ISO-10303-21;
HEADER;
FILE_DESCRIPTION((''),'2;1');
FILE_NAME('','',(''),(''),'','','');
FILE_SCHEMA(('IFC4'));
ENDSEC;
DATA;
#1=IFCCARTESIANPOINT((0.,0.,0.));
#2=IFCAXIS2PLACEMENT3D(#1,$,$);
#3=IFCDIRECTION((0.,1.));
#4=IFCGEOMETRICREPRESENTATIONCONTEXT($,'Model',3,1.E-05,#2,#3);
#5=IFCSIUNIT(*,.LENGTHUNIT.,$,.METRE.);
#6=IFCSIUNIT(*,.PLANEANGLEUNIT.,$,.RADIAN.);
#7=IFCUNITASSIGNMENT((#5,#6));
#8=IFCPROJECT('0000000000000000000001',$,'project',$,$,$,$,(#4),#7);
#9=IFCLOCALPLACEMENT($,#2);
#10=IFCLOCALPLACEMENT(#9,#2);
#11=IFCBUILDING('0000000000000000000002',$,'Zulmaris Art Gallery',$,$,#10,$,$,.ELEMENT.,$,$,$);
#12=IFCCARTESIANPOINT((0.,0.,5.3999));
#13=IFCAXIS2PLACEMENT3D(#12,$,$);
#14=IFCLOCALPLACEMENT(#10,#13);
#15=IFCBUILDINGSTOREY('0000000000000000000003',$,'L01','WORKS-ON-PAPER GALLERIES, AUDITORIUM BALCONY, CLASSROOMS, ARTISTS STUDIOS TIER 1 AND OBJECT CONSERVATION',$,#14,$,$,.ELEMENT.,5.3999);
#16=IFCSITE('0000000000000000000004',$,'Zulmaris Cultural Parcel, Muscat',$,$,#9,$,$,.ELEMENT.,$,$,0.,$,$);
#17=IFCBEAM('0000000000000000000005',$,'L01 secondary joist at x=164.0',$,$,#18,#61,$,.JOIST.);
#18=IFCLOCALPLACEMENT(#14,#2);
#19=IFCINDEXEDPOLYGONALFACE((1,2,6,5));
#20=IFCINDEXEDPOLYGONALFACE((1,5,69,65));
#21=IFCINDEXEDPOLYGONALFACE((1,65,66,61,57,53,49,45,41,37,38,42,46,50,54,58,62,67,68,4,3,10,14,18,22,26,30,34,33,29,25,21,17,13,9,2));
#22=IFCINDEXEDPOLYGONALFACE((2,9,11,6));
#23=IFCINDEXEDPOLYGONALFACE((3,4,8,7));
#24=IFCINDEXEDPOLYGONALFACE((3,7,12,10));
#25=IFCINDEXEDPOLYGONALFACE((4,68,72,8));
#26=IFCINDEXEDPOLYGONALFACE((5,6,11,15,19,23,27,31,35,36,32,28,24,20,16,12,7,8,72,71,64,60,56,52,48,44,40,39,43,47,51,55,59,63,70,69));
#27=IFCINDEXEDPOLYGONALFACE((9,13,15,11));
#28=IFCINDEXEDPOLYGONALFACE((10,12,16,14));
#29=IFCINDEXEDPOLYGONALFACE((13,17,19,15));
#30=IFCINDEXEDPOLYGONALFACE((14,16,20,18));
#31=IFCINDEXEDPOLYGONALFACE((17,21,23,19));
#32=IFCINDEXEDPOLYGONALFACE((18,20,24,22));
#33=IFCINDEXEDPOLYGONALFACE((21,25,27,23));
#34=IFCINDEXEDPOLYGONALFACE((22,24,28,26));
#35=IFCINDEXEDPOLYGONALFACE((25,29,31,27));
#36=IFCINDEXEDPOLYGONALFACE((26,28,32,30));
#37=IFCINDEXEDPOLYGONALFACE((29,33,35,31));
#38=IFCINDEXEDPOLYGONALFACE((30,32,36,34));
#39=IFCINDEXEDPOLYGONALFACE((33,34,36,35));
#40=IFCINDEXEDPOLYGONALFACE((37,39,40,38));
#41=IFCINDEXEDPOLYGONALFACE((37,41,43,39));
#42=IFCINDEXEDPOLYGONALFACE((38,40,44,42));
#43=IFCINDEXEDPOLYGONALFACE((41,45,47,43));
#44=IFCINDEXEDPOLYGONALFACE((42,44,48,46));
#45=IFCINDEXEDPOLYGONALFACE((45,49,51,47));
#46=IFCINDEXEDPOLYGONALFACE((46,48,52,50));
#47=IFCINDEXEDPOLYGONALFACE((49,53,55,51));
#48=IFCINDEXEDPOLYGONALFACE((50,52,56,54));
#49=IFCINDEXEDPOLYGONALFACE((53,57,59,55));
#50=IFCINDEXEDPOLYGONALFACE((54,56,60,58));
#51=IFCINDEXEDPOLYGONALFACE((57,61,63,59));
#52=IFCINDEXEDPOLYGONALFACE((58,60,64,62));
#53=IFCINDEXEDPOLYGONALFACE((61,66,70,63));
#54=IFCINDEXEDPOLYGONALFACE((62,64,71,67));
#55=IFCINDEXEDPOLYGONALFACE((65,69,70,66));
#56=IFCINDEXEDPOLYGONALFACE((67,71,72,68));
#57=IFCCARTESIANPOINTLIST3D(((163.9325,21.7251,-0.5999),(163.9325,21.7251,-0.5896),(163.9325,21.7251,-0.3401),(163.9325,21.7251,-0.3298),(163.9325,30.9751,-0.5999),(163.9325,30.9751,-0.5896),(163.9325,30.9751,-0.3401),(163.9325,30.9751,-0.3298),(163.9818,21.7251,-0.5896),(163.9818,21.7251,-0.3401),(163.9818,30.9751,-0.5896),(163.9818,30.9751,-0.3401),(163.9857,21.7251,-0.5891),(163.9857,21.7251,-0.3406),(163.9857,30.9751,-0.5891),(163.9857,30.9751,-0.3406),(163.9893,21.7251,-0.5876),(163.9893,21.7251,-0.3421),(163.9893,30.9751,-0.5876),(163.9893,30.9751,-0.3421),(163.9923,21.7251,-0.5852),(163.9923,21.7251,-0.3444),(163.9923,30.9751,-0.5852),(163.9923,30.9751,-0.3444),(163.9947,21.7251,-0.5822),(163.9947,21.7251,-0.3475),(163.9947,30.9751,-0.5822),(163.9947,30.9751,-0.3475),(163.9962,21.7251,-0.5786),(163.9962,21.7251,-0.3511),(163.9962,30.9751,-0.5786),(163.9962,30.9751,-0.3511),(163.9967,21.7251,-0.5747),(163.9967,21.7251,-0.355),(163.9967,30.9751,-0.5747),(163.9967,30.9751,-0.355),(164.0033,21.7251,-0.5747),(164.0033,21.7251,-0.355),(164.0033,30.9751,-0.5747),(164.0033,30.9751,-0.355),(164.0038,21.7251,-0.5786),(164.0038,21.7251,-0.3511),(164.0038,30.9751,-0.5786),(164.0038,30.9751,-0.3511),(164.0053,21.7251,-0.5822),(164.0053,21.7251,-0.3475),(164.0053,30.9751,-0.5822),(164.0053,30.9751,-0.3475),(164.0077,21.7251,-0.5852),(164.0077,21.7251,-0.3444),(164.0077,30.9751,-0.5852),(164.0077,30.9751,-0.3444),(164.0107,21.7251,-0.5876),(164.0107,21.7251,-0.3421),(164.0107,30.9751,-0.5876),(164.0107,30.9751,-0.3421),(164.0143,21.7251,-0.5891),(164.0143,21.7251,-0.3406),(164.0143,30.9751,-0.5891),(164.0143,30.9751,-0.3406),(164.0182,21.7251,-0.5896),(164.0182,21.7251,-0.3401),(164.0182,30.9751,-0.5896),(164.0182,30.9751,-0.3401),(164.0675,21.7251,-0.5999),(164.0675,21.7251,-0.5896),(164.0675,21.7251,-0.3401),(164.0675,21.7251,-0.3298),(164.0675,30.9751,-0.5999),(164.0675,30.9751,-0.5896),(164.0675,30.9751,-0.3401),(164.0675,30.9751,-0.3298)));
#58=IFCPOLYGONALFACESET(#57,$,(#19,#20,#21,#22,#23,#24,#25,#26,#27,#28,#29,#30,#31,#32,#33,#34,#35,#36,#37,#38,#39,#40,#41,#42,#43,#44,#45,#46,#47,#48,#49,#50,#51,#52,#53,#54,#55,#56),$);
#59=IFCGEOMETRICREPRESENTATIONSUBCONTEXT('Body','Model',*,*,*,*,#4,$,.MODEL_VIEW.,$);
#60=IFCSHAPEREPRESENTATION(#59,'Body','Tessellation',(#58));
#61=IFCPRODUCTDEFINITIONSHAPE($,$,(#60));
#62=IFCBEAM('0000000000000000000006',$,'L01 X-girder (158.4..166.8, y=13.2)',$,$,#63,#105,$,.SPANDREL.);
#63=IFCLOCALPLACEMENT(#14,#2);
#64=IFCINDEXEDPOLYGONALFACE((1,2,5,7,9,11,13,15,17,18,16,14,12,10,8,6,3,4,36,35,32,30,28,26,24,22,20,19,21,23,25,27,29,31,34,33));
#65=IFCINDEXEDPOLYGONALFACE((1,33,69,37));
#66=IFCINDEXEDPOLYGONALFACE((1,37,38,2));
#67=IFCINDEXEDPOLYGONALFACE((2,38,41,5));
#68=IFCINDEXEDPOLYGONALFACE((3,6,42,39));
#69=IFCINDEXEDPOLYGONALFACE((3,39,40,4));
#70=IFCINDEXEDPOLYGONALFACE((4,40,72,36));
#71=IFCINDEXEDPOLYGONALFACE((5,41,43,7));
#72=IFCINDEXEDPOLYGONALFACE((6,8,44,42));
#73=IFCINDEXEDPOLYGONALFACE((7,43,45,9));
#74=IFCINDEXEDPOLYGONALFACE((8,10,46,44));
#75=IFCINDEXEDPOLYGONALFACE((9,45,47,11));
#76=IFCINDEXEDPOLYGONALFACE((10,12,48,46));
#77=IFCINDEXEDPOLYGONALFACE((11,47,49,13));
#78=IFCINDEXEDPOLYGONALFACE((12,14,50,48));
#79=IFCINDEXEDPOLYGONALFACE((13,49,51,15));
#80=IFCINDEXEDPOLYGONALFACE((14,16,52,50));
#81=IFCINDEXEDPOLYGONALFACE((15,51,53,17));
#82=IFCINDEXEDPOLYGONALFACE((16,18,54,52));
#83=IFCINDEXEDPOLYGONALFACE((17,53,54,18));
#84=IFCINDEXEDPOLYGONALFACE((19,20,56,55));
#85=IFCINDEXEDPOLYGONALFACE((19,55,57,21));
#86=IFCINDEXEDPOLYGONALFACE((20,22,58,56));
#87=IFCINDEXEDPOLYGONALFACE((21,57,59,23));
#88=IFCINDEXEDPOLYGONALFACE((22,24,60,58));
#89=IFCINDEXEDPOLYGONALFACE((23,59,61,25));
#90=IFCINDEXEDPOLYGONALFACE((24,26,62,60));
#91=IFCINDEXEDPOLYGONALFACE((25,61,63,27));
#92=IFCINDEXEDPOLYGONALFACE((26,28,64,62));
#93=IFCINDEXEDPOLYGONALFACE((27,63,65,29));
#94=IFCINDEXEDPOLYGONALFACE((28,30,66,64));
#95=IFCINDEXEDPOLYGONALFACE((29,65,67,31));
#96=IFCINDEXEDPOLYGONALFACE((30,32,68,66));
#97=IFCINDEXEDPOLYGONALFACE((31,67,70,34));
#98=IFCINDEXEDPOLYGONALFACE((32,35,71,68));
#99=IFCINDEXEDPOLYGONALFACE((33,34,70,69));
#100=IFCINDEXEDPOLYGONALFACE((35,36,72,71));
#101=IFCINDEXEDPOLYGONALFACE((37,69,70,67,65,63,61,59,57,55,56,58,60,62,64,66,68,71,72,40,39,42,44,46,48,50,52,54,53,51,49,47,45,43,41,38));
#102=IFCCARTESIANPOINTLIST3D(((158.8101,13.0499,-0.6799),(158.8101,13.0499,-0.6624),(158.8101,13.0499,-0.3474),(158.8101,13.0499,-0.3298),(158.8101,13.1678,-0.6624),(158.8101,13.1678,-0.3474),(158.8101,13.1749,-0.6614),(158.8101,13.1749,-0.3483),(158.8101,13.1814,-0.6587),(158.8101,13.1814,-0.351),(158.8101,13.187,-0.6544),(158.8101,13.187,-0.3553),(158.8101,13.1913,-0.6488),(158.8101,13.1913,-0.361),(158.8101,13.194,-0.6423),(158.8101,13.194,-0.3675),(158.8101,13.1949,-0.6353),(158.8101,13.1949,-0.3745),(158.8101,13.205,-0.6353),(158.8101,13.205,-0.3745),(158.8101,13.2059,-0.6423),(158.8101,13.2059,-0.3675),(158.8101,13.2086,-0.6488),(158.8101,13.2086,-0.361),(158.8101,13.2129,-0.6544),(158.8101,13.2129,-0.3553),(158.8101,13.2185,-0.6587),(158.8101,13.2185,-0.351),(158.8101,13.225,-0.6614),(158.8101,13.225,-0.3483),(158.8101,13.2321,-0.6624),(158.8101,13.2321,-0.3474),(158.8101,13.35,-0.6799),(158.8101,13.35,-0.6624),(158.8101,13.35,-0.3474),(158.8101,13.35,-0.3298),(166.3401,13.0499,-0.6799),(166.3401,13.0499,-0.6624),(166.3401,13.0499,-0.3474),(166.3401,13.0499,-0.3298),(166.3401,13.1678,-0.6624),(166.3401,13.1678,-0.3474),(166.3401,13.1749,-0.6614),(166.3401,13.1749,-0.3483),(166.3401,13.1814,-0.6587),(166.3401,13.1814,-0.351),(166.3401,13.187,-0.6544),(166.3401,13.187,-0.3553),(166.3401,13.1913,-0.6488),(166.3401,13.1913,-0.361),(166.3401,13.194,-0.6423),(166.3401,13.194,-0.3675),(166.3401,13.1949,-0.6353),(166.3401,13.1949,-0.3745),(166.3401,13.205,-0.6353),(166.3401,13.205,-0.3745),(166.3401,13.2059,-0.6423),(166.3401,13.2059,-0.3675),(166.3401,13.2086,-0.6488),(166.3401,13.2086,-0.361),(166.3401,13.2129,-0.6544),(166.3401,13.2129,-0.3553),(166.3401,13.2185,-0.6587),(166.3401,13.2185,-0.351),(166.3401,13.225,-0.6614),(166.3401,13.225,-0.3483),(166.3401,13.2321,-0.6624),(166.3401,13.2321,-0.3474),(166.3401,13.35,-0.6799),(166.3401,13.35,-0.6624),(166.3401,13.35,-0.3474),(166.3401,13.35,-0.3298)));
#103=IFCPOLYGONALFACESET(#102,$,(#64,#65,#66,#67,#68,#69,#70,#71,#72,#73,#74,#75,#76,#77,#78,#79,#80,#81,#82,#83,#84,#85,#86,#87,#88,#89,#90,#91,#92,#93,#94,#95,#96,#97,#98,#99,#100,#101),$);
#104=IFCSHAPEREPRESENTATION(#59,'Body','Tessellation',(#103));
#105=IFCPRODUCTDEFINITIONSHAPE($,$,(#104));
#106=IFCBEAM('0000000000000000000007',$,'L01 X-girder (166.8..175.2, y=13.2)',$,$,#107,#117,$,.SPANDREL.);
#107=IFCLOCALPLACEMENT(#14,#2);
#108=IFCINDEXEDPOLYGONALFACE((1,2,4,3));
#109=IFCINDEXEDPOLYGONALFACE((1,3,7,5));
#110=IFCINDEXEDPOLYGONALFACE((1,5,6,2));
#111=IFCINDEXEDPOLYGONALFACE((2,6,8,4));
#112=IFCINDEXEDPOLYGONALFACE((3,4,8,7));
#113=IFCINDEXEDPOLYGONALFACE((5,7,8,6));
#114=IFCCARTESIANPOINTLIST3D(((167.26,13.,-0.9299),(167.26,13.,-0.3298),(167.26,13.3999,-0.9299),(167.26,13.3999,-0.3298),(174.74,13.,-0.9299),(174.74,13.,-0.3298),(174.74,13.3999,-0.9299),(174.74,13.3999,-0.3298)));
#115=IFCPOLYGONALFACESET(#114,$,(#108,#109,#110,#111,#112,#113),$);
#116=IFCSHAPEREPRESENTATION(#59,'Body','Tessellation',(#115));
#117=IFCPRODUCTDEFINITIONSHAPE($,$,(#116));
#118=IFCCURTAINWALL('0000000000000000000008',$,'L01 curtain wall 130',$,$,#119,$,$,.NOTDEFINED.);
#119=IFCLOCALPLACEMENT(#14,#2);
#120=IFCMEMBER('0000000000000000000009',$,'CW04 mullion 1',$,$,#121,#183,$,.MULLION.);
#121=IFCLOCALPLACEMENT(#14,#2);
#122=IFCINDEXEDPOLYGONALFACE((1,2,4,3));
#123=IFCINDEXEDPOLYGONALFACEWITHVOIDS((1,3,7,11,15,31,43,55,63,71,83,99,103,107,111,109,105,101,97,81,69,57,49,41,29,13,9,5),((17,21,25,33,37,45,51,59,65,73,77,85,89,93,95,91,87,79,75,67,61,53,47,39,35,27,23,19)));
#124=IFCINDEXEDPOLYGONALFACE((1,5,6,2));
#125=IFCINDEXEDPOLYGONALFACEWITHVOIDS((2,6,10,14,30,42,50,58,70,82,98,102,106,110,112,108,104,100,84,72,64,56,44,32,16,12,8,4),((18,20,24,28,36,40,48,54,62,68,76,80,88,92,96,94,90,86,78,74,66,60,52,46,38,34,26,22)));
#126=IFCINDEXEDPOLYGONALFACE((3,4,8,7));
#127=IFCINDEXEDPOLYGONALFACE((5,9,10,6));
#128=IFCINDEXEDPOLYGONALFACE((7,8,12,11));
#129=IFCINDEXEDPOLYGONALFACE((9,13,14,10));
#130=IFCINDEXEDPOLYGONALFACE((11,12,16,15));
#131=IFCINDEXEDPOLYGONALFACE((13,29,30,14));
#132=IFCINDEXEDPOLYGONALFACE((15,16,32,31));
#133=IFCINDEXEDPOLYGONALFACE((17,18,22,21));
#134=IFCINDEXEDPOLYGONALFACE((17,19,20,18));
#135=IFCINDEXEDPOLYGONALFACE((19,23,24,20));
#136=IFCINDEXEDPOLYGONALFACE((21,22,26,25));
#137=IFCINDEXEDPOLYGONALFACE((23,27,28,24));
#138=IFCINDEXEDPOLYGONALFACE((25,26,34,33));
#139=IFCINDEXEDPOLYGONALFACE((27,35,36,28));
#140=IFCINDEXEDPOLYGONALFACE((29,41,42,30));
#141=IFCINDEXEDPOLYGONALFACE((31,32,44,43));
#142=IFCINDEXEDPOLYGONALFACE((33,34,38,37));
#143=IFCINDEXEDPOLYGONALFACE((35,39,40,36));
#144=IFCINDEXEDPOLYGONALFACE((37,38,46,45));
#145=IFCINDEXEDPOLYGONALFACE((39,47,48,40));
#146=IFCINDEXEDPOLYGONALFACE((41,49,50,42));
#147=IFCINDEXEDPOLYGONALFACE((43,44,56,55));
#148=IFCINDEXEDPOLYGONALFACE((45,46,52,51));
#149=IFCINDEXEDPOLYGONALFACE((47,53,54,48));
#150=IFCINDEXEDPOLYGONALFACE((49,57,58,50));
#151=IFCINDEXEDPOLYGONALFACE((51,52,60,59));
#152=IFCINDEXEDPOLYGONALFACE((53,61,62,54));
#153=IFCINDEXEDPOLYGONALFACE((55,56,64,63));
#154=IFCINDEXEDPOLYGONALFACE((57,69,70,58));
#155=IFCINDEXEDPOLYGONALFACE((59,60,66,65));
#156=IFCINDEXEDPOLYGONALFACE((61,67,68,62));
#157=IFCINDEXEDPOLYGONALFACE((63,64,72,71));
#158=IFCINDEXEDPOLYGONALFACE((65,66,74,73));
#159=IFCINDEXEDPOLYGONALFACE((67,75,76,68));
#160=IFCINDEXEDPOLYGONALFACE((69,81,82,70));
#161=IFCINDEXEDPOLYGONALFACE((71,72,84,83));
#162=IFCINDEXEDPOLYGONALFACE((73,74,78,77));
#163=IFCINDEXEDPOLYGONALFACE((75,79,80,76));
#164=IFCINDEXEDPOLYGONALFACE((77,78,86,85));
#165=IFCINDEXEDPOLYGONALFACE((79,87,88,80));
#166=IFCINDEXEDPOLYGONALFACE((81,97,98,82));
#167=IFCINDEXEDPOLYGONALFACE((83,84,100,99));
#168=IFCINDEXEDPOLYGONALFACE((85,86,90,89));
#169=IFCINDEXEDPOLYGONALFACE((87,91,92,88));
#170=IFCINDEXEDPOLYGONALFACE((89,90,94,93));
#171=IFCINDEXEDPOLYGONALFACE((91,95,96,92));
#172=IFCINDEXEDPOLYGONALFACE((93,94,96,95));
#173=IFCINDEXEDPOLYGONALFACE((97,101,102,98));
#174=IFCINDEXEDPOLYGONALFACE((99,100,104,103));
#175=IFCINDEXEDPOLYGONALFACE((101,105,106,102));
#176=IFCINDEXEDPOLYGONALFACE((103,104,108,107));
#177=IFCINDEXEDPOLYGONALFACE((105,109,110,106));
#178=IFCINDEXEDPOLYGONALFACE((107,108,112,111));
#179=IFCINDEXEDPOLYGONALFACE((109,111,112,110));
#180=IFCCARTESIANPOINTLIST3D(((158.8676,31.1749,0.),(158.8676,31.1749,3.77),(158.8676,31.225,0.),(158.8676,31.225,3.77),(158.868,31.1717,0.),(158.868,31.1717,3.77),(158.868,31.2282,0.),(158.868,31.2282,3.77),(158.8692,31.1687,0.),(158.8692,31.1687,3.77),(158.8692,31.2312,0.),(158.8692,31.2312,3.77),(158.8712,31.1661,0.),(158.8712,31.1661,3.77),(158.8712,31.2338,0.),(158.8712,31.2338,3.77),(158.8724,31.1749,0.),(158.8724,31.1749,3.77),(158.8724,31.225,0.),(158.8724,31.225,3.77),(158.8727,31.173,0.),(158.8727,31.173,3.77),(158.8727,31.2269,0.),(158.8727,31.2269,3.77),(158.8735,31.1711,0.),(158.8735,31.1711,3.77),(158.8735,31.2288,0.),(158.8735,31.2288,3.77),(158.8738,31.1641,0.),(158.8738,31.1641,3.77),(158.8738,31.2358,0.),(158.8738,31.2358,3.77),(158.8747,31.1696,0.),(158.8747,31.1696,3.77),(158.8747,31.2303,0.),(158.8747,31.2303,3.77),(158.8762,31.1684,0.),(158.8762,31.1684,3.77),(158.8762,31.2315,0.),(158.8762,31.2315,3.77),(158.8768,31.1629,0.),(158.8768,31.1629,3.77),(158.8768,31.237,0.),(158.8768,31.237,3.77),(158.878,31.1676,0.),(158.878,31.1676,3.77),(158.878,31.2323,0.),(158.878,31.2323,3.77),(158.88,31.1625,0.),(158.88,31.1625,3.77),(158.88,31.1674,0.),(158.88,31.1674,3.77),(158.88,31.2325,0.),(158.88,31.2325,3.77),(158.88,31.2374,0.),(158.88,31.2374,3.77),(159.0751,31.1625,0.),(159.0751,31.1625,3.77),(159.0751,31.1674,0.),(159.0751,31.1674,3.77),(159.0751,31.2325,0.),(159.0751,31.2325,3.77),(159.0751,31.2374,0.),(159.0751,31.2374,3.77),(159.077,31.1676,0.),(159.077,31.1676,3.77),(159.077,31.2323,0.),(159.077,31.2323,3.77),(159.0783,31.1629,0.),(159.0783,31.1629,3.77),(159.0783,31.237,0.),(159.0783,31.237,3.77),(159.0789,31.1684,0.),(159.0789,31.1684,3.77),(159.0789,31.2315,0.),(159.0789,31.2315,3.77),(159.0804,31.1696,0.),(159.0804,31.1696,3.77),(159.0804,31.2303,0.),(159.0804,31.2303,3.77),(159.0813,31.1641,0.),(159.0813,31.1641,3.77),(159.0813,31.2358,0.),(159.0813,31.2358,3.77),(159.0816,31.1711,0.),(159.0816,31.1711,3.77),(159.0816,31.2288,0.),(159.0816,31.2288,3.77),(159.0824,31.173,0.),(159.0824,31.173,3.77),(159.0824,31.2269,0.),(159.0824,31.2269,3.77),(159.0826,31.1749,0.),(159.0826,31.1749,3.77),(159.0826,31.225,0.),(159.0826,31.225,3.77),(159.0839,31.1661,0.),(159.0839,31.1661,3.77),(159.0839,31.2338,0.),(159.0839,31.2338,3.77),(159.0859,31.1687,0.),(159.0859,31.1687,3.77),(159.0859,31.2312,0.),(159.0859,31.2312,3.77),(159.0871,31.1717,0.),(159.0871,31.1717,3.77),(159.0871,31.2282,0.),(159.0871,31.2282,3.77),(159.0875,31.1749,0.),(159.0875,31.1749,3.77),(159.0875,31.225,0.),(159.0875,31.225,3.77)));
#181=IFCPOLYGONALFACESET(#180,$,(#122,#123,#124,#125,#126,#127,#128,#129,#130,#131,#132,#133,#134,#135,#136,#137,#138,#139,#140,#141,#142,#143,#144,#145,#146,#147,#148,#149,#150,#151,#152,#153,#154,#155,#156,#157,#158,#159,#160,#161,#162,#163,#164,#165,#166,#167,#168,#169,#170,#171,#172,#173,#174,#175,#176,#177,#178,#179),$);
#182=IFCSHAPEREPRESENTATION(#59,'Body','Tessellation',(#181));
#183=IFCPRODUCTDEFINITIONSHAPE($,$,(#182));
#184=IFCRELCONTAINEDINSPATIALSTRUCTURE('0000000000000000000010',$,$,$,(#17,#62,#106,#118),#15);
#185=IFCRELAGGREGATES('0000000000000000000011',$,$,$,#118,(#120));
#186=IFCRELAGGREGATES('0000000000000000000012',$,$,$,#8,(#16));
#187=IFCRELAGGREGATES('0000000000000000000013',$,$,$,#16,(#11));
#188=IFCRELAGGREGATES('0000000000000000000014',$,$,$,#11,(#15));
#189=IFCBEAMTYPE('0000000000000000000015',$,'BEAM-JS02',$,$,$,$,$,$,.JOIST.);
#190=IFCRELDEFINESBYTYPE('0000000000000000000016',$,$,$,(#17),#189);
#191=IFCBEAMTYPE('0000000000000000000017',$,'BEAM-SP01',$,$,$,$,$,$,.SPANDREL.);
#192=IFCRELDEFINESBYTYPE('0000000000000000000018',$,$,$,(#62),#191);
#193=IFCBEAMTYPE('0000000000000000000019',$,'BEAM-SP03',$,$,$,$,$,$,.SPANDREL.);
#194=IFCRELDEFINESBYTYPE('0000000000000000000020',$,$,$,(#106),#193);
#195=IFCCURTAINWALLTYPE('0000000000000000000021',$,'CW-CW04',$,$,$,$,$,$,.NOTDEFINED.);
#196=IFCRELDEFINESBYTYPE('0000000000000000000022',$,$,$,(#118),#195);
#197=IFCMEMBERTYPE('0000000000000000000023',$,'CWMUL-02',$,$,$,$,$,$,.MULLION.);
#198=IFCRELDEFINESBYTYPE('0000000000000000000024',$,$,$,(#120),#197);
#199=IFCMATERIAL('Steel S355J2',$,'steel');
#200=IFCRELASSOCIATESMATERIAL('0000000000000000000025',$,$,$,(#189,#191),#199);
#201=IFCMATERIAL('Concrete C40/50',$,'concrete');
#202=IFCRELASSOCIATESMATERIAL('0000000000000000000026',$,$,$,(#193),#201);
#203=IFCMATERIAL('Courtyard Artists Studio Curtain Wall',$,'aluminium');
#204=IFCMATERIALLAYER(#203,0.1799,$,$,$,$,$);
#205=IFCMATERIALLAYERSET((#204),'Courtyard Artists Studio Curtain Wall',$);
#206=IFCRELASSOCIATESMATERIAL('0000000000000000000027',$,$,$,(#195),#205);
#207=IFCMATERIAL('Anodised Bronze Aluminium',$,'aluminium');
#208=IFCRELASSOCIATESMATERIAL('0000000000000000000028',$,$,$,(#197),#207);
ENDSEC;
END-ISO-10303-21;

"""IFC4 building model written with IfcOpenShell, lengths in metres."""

from ifc_helpers import new_model, si_unit, direction, frame, origin, origin_2d, place, context, subcontext, project, spatial, rectangle, hollow_rectangle, i_section, extrude, material, layer, layer_set, material_profile, profile_set, type_object, element, aggregate, save


model = new_model("IFC4")

# Units and contexts
model_context = context("Model", 3, precision=1e-05, world=origin(), true_north=direction((0.0, 1.0)))
body_context = subcontext(model_context, "Body", "Model", "MODEL_VIEW")
ifc_project = project(units=[si_unit("LENGTHUNIT", "METRE"), si_unit("PLANEANGLEUNIT", "RADIAN")], contexts=[model_context])

# Site, building, storey
site_placement = place(None, origin())
site = spatial("IfcSite", under=ifc_project, at=site_placement, Name="Zulmaris Cultural Parcel, Muscat", CompositionType="ELEMENT", RefElevation=0.0)
building_placement = place(site_placement, origin())
building = spatial("IfcBuilding", under=site, at=building_placement, Name="Zulmaris Art Gallery", CompositionType="ELEMENT")
storey_placement = place(building_placement, frame((0.0, 0.0, 5.3999)))
storey = spatial("IfcBuildingStorey", under=building, at=storey_placement, Name="L01", Description="WORKS-ON-PAPER GALLERIES, AUDITORIUM BALCONY, CLASSROOMS, ARTISTS STUDIOS TIER 1 AND OBJECT CONSERVATION", CompositionType="ELEMENT", Elevation=5.3999)

# Beams
ifc_material_1 = material(Name="Steel S355J2", Category="steel")
ifc_material_2 = material(Name="Concrete C40/50", Category="concrete")
ifc_material_profile_1 = material_profile(ifc_material_1, i_section(OverallWidth=0.135, OverallDepth=0.27, WebThickness=0.0066, FlangeThickness=0.0103, FilletRadius=0.0149, at=origin_2d()), Name="IPE 270")
ifc_profile_set_1 = profile_set([ifc_material_profile_1], Name="Steel S355J2")
beam_type_1 = type_object("IfcBeamType", Name="BEAM-JS02", PredefinedType="JOIST", material=ifc_profile_set_1)
beam_1_placement = place(storey_placement, frame((164.0, 21.7251, -0.4648), z_axis=(0.0, 1.0, 0.0), x_axis=(-1.0, 0.0, 0.0)))
element("IfcBeam", 1, at=beam_1_placement, inside=storey, type_object=beam_type_1, Name="L01 secondary joist at x=164.0", PredefinedType="JOIST", context=body_context, shape_type="SweptSolid", body=[
    extrude(i_section(OverallWidth=0.135, OverallDepth=0.27, WebThickness=0.0066, FlangeThickness=0.0103, FilletRadius=0.0149, at=origin_2d()), origin(), (0.0, 0.0, 1.0), 9.25),
])
ifc_material_profile_2 = material_profile(ifc_material_1, i_section(OverallWidth=0.3, OverallDepth=0.3501, WebThickness=0.01, FlangeThickness=0.0176, FilletRadius=0.0271, at=origin_2d()), Name="HEA 360")
ifc_profile_set_2 = profile_set([ifc_material_profile_2], Name="Steel S355J2")
beam_type_2 = type_object("IfcBeamType", Name="BEAM-SP01", PredefinedType="SPANDREL", material=ifc_profile_set_2)
beam_2_placement = place(storey_placement, frame((158.8101, 13.2, -0.5049), z_axis=(1.0, 0.0, 0.0), x_axis=(0.0, 1.0, 0.0)))
element("IfcBeam", 2, at=beam_2_placement, inside=storey, type_object=beam_type_2, Name="L01 X-girder (158.4..166.8, y=13.2)", PredefinedType="SPANDREL", context=body_context, shape_type="SweptSolid", body=[
    extrude(i_section(OverallWidth=0.3, OverallDepth=0.3501, WebThickness=0.01, FlangeThickness=0.0176, FilletRadius=0.0271, at=origin_2d()), origin(), (0.0, 0.0, 1.0), 7.53),
])
ifc_material_profile_3 = material_profile(ifc_material_2, rectangle(XDim=0.3999, YDim=0.6001, at=origin_2d()), Name="RC 400x600")
ifc_profile_set_3 = profile_set([ifc_material_profile_3], Name="Concrete C40/50")
beam_type_3 = type_object("IfcBeamType", Name="BEAM-SP03", PredefinedType="SPANDREL", material=ifc_profile_set_3)
beam_3_placement = place(storey_placement, frame((167.26, 13.2, -0.6299), z_axis=(1.0, 0.0, 0.0), x_axis=(0.0, 1.0, 0.0)))
element("IfcBeam", 3, at=beam_3_placement, inside=storey, type_object=beam_type_3, Name="L01 X-girder (166.8..175.2, y=13.2)", PredefinedType="SPANDREL", context=body_context, shape_type="SweptSolid", body=[
    extrude(rectangle(XDim=0.3999, YDim=0.6001, at=origin_2d()), origin(), (0.0, 0.0, 1.0), 7.48),
])

# Curtain wall, member
ifc_material_3 = material(Name="Courtyard Artists Studio Curtain Wall", Category="aluminium")
ifc_layer_1 = layer(ifc_material_3, 0.1799)
ifc_layer_set_1 = layer_set([ifc_layer_1], Name="Courtyard Artists Studio Curtain Wall")
curtain_wall_type = type_object("IfcCurtainWallType", Name="CW-CW04", PredefinedType="NOTDEFINED", material=ifc_layer_set_1)
curtain_wall_placement = place(storey_placement, origin())
curtain_wall = element("IfcCurtainWall", 4, at=curtain_wall_placement, inside=storey, type_object=curtain_wall_type, Name="L01 curtain wall 130", PredefinedType="NOTDEFINED")
ifc_material_4 = material(Name="Anodised Bronze Aluminium", Category="aluminium")
ifc_material_profile_4 = material_profile(ifc_material_4, hollow_rectangle(XDim=0.075, YDim=0.22, WallThickness=0.0049, InnerFilletRadius=0.0076, OuterFilletRadius=0.0125, at=origin_2d()), Name="ALU 75x220x5")
ifc_profile_set_4 = profile_set([ifc_material_profile_4], Name="Anodised Bronze Aluminium")
member_type_1 = type_object("IfcMemberType", Name="CWMUL-02", PredefinedType="MULLION", material=ifc_profile_set_4)
member_1_placement = place(storey_placement, frame((158.9775, 31.2, 0.0), z_axis=(0.0, 0.0, 1.0), x_axis=(0.0, 1.0, 0.0)))
member_1 = element("IfcMember", 5, at=member_1_placement, type_object=member_type_1, Name="CW04 mullion 1", PredefinedType="MULLION", context=body_context, shape_type="SweptSolid", body=[
    extrude(hollow_rectangle(XDim=0.075, YDim=0.22, WallThickness=0.0049, InnerFilletRadius=0.0076, OuterFilletRadius=0.0125, at=origin_2d()), origin(), (0.0, 0.0, 1.0), 3.77),
])
aggregate(curtain_wall, [member_1])

save(model, "model.ifc")
